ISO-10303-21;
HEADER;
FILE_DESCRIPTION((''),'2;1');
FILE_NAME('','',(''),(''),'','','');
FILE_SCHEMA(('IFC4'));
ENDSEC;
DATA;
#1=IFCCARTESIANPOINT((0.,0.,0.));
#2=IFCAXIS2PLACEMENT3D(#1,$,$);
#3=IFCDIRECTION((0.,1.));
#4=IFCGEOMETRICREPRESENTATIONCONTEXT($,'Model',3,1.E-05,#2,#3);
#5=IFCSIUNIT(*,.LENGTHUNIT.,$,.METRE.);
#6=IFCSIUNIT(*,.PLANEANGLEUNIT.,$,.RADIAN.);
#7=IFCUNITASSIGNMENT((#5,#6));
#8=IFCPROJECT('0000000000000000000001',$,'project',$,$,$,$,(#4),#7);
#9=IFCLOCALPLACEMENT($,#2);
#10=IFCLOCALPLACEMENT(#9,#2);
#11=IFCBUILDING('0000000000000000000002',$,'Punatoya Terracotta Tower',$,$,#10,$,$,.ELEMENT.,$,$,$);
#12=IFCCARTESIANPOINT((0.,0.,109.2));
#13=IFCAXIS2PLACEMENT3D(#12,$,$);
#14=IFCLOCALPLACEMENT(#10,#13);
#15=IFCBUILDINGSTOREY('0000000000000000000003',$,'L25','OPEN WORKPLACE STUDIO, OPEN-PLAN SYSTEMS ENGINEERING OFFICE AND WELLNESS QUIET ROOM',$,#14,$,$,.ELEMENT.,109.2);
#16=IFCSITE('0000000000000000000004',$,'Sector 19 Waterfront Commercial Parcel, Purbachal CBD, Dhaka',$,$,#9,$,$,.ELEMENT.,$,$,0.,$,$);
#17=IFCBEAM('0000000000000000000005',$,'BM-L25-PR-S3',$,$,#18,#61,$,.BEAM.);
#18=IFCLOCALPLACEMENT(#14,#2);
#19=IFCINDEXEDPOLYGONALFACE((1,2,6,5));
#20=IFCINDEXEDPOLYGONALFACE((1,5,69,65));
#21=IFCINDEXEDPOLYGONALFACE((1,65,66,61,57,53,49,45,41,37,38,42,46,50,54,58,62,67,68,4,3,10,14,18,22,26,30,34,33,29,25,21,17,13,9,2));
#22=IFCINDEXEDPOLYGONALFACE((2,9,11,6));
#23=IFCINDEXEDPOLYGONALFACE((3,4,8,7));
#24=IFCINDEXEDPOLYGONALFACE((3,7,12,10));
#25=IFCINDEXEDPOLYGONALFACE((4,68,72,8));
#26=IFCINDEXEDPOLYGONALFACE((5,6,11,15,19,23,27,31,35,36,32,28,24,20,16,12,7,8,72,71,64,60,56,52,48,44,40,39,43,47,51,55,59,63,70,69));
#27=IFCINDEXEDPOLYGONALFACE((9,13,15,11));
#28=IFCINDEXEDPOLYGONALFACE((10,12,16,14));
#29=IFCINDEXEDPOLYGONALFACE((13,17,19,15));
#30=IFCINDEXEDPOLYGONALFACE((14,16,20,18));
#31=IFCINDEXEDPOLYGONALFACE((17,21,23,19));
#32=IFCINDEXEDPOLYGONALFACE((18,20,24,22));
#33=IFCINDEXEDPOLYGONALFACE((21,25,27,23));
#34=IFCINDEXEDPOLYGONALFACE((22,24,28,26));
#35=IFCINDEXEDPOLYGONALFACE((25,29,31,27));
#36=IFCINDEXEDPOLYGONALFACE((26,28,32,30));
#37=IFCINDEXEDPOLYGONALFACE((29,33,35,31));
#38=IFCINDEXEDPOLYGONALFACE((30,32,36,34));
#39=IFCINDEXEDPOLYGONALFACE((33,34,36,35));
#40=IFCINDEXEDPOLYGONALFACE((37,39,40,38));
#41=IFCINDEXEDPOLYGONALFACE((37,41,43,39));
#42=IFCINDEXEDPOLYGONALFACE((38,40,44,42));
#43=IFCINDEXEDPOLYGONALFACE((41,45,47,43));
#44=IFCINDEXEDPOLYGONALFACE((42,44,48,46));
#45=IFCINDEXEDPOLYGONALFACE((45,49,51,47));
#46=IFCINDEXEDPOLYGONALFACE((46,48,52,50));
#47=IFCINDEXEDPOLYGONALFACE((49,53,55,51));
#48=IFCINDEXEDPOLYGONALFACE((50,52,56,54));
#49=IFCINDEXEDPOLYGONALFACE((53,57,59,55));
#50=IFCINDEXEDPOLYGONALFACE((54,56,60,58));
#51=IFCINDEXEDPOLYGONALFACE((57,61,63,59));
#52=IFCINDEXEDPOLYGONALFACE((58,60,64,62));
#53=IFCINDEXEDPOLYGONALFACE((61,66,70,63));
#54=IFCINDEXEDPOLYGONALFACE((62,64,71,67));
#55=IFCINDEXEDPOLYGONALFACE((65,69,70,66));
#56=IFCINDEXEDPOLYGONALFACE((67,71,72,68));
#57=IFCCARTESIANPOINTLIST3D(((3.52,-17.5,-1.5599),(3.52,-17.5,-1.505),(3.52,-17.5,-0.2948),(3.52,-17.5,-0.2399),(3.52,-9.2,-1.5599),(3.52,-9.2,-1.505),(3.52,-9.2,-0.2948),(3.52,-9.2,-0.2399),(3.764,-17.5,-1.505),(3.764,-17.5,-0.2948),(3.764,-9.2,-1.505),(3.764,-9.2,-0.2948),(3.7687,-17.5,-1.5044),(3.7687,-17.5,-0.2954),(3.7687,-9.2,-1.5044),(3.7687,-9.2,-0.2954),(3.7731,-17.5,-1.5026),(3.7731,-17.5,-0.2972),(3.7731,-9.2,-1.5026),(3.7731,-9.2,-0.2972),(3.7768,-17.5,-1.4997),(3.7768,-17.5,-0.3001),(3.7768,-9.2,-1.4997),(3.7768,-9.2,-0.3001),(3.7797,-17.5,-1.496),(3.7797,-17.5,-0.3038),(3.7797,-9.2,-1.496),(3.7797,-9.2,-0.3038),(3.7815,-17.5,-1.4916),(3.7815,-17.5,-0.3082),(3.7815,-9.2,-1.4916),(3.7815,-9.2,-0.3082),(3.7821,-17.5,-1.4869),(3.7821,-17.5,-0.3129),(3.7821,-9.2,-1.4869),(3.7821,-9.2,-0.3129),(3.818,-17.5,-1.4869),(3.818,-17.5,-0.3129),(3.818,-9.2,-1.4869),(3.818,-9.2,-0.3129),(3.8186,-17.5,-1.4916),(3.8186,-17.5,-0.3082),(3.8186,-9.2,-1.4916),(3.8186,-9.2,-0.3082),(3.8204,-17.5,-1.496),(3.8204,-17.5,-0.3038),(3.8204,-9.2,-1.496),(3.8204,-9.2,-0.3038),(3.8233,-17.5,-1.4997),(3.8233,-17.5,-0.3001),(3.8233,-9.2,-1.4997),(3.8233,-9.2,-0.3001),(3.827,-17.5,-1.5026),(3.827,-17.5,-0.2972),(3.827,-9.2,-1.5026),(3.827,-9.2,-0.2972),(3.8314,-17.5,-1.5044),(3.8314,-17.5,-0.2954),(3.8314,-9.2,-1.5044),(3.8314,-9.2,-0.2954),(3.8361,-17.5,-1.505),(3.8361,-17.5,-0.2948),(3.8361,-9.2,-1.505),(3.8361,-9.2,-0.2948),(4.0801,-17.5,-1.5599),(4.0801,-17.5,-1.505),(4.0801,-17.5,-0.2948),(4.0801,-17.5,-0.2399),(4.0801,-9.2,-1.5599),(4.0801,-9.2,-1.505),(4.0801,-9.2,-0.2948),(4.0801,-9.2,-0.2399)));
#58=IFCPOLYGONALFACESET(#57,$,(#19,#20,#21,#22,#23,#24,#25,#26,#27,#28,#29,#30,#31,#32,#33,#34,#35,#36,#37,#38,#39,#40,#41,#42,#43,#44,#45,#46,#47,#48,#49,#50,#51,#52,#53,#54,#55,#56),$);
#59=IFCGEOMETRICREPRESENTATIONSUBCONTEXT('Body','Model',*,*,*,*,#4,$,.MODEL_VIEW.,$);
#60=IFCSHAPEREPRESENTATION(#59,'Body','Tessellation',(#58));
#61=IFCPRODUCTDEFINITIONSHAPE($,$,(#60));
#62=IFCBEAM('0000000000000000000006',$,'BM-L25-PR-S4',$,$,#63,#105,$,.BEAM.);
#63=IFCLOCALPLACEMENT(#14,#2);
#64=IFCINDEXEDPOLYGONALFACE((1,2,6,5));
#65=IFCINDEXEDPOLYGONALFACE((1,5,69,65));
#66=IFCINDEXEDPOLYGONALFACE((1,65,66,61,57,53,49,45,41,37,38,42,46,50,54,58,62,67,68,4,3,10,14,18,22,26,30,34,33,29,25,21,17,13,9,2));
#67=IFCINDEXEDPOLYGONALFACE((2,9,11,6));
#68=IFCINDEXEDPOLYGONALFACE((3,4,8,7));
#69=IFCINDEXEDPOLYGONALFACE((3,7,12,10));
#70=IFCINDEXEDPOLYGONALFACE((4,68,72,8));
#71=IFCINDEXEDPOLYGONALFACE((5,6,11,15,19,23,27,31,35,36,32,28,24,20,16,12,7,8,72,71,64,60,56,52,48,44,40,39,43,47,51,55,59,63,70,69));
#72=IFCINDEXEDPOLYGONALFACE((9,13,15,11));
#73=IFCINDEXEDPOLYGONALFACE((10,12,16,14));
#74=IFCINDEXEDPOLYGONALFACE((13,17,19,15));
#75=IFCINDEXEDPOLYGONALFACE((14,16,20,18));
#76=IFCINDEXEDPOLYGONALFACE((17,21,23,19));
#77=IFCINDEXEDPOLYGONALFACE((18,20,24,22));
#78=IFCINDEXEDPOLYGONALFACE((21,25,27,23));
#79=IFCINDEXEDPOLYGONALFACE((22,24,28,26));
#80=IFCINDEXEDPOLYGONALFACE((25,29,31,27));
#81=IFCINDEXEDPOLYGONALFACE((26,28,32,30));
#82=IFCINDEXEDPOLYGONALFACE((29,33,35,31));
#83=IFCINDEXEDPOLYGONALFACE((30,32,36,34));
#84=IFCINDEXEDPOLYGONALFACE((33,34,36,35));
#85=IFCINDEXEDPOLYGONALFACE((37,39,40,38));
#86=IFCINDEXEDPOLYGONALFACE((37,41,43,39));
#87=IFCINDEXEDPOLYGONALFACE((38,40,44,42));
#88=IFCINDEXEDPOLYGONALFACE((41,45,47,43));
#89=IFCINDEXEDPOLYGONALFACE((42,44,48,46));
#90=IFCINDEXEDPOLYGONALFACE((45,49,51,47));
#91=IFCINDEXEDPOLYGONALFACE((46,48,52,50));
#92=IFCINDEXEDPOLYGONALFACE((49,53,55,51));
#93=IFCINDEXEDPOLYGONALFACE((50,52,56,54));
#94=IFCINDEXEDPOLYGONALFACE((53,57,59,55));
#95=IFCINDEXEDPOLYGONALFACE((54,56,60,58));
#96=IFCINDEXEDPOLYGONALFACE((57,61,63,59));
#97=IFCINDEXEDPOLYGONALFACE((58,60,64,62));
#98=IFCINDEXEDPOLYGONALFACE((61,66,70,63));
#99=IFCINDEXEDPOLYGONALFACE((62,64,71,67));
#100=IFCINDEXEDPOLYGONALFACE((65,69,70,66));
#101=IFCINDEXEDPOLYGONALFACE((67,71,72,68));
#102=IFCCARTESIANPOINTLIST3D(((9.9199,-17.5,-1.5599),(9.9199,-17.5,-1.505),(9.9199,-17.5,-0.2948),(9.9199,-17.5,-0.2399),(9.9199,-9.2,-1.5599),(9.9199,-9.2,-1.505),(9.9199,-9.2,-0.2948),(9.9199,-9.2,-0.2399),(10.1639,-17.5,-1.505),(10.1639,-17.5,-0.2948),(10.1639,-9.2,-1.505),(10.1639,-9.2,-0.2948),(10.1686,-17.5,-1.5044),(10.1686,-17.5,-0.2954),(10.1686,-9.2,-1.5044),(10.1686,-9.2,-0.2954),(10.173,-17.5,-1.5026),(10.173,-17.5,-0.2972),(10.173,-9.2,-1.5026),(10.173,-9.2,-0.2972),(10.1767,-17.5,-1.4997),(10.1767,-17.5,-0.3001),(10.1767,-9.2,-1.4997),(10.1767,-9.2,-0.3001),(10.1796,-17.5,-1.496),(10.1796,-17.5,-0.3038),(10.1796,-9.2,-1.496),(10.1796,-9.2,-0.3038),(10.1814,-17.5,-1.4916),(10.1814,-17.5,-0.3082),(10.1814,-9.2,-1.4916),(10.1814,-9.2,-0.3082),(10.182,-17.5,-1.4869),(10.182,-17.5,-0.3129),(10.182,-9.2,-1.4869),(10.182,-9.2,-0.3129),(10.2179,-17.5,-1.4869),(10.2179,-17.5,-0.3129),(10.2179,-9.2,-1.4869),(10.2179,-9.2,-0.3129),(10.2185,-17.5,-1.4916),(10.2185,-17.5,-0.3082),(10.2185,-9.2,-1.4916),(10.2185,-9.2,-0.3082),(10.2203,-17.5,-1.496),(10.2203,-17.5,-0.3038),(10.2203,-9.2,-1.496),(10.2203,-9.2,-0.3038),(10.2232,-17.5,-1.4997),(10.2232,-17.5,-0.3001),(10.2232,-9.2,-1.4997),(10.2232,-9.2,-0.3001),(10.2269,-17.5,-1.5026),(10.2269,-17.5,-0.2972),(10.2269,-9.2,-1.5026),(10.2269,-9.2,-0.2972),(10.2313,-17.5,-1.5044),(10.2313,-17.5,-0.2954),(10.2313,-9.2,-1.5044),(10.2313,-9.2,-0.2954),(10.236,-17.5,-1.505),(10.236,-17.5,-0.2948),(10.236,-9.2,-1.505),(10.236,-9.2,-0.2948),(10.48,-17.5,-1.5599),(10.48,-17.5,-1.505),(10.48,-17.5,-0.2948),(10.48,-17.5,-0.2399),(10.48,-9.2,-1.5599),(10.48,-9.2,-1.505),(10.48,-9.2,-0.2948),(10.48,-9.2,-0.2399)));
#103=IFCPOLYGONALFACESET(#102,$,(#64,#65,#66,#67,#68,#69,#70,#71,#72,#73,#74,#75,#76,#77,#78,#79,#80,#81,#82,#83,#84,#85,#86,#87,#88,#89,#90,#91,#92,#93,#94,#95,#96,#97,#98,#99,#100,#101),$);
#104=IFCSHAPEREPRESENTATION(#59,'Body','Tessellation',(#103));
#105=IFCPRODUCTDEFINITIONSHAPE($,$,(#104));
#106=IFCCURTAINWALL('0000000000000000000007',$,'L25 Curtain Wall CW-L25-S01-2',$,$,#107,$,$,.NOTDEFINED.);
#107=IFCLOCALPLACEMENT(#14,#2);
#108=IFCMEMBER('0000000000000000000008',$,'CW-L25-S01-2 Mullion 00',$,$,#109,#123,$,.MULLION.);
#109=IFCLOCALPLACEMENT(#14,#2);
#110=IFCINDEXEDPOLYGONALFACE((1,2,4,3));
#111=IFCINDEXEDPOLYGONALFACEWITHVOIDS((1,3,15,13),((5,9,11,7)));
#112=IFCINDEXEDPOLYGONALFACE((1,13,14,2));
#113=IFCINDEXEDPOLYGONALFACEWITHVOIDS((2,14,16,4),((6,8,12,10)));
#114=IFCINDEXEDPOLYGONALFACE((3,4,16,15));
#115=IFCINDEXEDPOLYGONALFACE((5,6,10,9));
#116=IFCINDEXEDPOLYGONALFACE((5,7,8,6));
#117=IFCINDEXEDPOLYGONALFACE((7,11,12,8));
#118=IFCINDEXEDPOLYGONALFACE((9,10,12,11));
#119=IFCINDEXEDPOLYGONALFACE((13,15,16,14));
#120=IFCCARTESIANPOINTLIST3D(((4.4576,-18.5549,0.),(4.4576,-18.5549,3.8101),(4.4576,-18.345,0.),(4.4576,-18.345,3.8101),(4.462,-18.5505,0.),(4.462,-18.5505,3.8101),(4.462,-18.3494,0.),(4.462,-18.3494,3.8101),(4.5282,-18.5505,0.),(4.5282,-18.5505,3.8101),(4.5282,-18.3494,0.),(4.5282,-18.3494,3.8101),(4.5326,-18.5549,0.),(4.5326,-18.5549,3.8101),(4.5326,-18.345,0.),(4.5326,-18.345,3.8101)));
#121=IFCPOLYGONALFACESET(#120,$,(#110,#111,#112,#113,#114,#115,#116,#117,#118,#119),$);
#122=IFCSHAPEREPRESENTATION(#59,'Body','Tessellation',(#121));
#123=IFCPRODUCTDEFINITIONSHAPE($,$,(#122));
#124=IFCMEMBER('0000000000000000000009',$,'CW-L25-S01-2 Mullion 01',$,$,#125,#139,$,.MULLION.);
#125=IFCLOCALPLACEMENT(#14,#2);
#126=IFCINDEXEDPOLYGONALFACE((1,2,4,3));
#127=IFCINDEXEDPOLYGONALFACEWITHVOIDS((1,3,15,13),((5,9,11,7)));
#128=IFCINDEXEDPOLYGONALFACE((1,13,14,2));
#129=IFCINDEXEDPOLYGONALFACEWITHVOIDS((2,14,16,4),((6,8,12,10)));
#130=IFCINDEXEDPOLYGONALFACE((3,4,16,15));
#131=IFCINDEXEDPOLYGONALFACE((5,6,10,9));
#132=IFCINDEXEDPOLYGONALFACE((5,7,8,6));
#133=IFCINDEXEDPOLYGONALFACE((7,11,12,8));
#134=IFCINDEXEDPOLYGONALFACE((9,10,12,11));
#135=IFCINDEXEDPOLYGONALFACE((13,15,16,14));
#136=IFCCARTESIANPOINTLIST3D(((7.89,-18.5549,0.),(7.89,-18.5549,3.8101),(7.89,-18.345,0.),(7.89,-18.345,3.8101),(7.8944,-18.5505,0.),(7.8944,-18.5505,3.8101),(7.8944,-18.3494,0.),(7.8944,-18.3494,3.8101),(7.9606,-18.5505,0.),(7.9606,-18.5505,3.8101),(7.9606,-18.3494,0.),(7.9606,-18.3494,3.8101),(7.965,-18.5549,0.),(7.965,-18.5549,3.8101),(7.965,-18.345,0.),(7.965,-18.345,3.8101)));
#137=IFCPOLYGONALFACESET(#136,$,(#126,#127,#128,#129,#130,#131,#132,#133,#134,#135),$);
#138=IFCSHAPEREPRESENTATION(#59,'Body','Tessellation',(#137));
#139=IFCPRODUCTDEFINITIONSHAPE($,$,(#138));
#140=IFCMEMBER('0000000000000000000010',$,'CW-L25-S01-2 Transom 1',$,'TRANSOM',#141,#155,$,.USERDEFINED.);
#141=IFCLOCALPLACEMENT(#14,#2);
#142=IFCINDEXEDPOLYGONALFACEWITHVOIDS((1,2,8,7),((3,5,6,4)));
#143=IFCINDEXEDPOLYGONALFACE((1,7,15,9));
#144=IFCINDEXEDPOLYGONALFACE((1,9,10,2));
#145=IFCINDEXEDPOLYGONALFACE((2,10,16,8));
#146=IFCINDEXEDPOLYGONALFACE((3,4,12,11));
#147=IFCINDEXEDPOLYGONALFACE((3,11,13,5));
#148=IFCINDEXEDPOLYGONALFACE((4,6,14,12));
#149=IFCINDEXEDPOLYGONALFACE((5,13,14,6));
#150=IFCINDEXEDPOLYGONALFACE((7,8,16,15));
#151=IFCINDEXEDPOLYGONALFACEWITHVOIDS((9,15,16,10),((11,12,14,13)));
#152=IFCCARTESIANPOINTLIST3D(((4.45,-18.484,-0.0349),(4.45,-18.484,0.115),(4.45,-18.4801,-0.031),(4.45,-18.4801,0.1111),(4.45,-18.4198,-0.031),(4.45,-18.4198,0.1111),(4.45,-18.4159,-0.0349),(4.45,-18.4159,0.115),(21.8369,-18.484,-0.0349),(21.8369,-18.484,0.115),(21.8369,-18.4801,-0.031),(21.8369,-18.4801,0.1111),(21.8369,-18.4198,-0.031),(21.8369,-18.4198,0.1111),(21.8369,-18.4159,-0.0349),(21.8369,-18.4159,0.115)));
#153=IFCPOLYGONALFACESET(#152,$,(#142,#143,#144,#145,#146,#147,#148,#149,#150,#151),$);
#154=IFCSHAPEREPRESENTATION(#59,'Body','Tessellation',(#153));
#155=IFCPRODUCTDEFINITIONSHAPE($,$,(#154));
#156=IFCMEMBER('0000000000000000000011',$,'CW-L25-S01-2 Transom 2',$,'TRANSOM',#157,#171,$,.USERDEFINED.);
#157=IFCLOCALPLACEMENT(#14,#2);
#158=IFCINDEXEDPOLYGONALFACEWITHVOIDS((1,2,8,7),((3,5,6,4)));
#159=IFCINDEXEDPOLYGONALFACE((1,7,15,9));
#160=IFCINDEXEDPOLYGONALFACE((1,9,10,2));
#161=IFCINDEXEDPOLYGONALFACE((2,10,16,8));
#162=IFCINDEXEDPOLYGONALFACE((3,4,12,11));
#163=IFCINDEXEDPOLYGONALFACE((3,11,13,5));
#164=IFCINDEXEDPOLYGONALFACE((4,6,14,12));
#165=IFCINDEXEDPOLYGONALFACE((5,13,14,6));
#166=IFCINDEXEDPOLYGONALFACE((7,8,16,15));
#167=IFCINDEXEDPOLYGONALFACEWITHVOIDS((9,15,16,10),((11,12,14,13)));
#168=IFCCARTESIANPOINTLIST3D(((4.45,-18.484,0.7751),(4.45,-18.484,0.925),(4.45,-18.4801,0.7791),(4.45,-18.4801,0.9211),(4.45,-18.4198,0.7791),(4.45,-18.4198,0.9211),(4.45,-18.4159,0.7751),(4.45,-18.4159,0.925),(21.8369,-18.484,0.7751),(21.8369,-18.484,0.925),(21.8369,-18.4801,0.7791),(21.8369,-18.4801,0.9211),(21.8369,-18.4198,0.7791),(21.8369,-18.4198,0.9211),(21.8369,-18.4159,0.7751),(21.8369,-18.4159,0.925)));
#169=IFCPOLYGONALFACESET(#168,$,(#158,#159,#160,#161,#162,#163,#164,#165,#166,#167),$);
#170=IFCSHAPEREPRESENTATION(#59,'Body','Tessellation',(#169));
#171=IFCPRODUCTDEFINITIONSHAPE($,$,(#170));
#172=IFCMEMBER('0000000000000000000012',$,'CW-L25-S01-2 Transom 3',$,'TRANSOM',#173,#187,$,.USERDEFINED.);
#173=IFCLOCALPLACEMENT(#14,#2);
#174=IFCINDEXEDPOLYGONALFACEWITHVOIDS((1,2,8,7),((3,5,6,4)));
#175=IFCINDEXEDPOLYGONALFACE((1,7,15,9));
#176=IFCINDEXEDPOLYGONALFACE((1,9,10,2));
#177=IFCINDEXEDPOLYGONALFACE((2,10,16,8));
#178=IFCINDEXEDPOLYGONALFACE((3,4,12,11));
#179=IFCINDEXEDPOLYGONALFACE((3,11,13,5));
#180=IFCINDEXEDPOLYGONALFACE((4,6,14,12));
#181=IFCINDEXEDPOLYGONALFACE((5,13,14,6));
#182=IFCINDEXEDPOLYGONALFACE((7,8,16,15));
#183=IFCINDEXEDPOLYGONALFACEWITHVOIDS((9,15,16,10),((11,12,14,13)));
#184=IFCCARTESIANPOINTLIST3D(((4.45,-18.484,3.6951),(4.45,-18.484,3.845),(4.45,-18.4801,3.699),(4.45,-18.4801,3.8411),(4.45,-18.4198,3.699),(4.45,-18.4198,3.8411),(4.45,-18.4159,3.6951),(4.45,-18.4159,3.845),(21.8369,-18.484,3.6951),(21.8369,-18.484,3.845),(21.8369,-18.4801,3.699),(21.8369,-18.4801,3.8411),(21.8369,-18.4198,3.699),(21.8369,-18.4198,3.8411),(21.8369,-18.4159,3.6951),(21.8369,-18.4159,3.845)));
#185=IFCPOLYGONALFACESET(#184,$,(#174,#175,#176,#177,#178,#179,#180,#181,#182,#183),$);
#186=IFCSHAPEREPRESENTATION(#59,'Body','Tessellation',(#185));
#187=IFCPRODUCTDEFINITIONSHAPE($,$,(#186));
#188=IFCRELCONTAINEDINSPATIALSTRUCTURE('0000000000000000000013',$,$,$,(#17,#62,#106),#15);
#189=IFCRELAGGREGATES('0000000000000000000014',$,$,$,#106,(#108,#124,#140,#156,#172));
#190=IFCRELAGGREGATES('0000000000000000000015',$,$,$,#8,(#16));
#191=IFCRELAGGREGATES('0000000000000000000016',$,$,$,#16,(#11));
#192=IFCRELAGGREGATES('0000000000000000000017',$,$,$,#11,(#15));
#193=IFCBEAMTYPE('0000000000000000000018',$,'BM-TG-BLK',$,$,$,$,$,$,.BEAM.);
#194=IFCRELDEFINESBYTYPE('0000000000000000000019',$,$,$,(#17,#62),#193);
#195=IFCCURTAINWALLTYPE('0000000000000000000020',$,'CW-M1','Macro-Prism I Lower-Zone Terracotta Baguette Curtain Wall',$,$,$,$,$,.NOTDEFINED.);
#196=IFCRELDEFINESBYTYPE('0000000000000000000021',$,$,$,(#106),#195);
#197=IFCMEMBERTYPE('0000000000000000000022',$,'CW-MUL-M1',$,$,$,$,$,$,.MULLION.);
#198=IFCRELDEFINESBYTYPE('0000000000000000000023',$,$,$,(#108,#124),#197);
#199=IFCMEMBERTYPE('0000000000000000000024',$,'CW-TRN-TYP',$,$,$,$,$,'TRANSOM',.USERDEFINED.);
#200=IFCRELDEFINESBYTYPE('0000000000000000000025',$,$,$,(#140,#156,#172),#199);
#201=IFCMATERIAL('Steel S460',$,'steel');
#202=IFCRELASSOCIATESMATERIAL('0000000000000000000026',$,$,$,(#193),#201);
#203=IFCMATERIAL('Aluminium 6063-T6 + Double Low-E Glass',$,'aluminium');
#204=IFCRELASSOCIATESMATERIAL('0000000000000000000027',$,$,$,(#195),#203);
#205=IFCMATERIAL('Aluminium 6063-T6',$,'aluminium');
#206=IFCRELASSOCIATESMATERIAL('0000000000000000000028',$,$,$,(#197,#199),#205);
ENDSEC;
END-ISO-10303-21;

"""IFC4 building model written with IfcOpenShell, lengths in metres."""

from ifc_helpers import new_model, si_unit, direction, frame, origin, origin_2d, place, context, subcontext, project, spatial, hollow_rectangle, i_section, extrude, material, material_profile, profile_set, type_object, element, aggregate, save


model = new_model("IFC4")

# Units and contexts
model_context = context("Model", 3, precision=1e-05, world=origin(), true_north=direction((0.0, 1.0)))
body_context = subcontext(model_context, "Body", "Model", "MODEL_VIEW")
ifc_project = project(units=[si_unit("LENGTHUNIT", "METRE"), si_unit("PLANEANGLEUNIT", "RADIAN")], contexts=[model_context])

# Site, building, storey
site_placement = place(None, origin())
site = spatial("IfcSite", under=ifc_project, at=site_placement, Name="Sector 19 Waterfront Commercial Parcel, Purbachal CBD, Dhaka", CompositionType="ELEMENT", RefElevation=0.0)
building_placement = place(site_placement, origin())
building = spatial("IfcBuilding", under=site, at=building_placement, Name="Punatoya Terracotta Tower", CompositionType="ELEMENT")
storey_placement = place(building_placement, frame((0.0, 0.0, 109.2)))
storey = spatial("IfcBuildingStorey", under=building, at=storey_placement, Name="L25", Description="OPEN WORKPLACE STUDIO, OPEN-PLAN SYSTEMS ENGINEERING OFFICE AND WELLNESS QUIET ROOM", CompositionType="ELEMENT", Elevation=109.2)

# Shared definitions
ifc_material_1 = material(Name="Steel S460", Category="steel")

# Beams
ifc_material_profile_1 = material_profile(ifc_material_1, i_section(OverallWidth=0.5601, OverallDepth=1.3201, WebThickness=0.0359, FlangeThickness=0.0549, FilletRadius=0.0181, at=origin_2d()))
ifc_profile_set_1 = profile_set([ifc_material_profile_1], Name="Steel S460")
beam_type_1 = type_object("IfcBeamType", Name="BM-TG-BLK", PredefinedType="BEAM", material=ifc_profile_set_1)
for number, where, z_axis, x_axis, name in (
    (1, (3.8, -17.5, -0.8999), (0.0, 1.0, 0.0), (-1.0, 0.0, 0.0), "BM-L25-PR-S3"),
    (2, (10.2, -17.5, -0.8999), (0.0, 1.0, 0.0), (-1.0, 0.0, 0.0), "BM-L25-PR-S4"),
):
    element("IfcBeam", number, at=place(storey_placement, frame(where, z_axis=z_axis, x_axis=x_axis)), inside=storey, type_object=beam_type_1, Name=name, PredefinedType="BEAM", context=body_context, shape_type="SweptSolid", body=[
        extrude(i_section(OverallWidth=0.5601, OverallDepth=1.3201, WebThickness=0.0359, FlangeThickness=0.0549, FilletRadius=0.0181, at=origin_2d()), origin(), (0.0, 0.0, 1.0), 8.3),
    ])

# Curtain wall, members
ifc_material_2 = material(Name="Aluminium 6063-T6 + Double Low-E Glass", Category="aluminium")
curtain_wall_type = type_object("IfcCurtainWallType", Name="CW-M1", Description="Macro-Prism I Lower-Zone Terracotta Baguette Curtain Wall", PredefinedType="NOTDEFINED", material=ifc_material_2)
curtain_wall_placement = place(storey_placement, origin())
curtain_wall = element("IfcCurtainWall", 3, at=curtain_wall_placement, inside=storey, type_object=curtain_wall_type, Name="L25 Curtain Wall CW-L25-S01-2", PredefinedType="NOTDEFINED")
ifc_material_3 = material(Name="Aluminium 6063-T6", Category="aluminium")
ifc_material_profile_2 = material_profile(ifc_material_3, hollow_rectangle(XDim=0.075, YDim=0.21, WallThickness=0.0044, at=origin_2d()))
ifc_profile_set_2 = profile_set([ifc_material_profile_2], Name="Aluminium 6063-T6")
member_type_1 = type_object("IfcMemberType", Name="CW-MUL-M1", PredefinedType="MULLION", material=ifc_profile_set_2)
member_1_placement = place(storey_placement, frame((4.4951, -18.45, 0.0), z_axis=(0.0, 0.0, 1.0), x_axis=(1.0, 0.0, 0.0)))
member_1 = element("IfcMember", 4, at=member_1_placement, type_object=member_type_1, Name="CW-L25-S01-2 Mullion 00", PredefinedType="MULLION", context=body_context, shape_type="SweptSolid", body=[
    extrude(hollow_rectangle(XDim=0.075, YDim=0.21, WallThickness=0.0044, at=origin_2d()), origin(), (0.0, 0.0, 1.0), 3.8101),
])
member_2_placement = place(storey_placement, frame((7.9275, -18.45, 0.0), z_axis=(0.0, 0.0, 1.0), x_axis=(1.0, 0.0, 0.0)))
member_2 = element("IfcMember", 5, at=member_2_placement, type_object=member_type_1, Name="CW-L25-S01-2 Mullion 01", PredefinedType="MULLION", context=body_context, shape_type="SweptSolid", body=[
    extrude(hollow_rectangle(XDim=0.075, YDim=0.21, WallThickness=0.0044, at=origin_2d()), origin(), (0.0, 0.0, 1.0), 3.8101),
])
ifc_material_profile_3 = material_profile(ifc_material_3, hollow_rectangle(XDim=0.0681, YDim=0.1499, WallThickness=0.0039, at=origin_2d()))
ifc_profile_set_3 = profile_set([ifc_material_profile_3], Name="Aluminium 6063-T6")
member_type_2 = type_object("IfcMemberType", Name="CW-TRN-TYP", ElementType="TRANSOM", PredefinedType="USERDEFINED", material=ifc_profile_set_3)
member_3_placement = place(storey_placement, frame((4.45, -18.45, 0.04), z_axis=(1.0, 0.0, 0.0), x_axis=(0.0, 1.0, 0.0)))
member_3 = element("IfcMember", 6, at=member_3_placement, type_object=member_type_2, Name="CW-L25-S01-2 Transom 1", ObjectType="TRANSOM", PredefinedType="USERDEFINED", context=body_context, shape_type="SweptSolid", body=[
    extrude(hollow_rectangle(XDim=0.0681, YDim=0.1499, WallThickness=0.0039, at=origin_2d()), origin(), (0.0, 0.0, 1.0), 17.387),
])
member_4_placement = place(storey_placement, frame((4.45, -18.45, 0.8501), z_axis=(1.0, 0.0, 0.0), x_axis=(0.0, 1.0, 0.0)))
member_4 = element("IfcMember", 7, at=member_4_placement, type_object=member_type_2, Name="CW-L25-S01-2 Transom 2", ObjectType="TRANSOM", PredefinedType="USERDEFINED", context=body_context, shape_type="SweptSolid", body=[
    extrude(hollow_rectangle(XDim=0.0681, YDim=0.1499, WallThickness=0.0039, at=origin_2d()), origin(), (0.0, 0.0, 1.0), 17.387),
])
member_5_placement = place(storey_placement, frame((4.45, -18.45, 3.77), z_axis=(1.0, 0.0, 0.0), x_axis=(0.0, 1.0, 0.0)))
member_5 = element("IfcMember", 8, at=member_5_placement, type_object=member_type_2, Name="CW-L25-S01-2 Transom 3", ObjectType="TRANSOM", PredefinedType="USERDEFINED", context=body_context, shape_type="SweptSolid", body=[
    extrude(hollow_rectangle(XDim=0.0681, YDim=0.1499, WallThickness=0.0039, at=origin_2d()), origin(), (0.0, 0.0, 1.0), 17.387),
])

aggregate(curtain_wall, [member_1, member_2, member_3, member_4, member_5])

save(model, "model.ifc")
